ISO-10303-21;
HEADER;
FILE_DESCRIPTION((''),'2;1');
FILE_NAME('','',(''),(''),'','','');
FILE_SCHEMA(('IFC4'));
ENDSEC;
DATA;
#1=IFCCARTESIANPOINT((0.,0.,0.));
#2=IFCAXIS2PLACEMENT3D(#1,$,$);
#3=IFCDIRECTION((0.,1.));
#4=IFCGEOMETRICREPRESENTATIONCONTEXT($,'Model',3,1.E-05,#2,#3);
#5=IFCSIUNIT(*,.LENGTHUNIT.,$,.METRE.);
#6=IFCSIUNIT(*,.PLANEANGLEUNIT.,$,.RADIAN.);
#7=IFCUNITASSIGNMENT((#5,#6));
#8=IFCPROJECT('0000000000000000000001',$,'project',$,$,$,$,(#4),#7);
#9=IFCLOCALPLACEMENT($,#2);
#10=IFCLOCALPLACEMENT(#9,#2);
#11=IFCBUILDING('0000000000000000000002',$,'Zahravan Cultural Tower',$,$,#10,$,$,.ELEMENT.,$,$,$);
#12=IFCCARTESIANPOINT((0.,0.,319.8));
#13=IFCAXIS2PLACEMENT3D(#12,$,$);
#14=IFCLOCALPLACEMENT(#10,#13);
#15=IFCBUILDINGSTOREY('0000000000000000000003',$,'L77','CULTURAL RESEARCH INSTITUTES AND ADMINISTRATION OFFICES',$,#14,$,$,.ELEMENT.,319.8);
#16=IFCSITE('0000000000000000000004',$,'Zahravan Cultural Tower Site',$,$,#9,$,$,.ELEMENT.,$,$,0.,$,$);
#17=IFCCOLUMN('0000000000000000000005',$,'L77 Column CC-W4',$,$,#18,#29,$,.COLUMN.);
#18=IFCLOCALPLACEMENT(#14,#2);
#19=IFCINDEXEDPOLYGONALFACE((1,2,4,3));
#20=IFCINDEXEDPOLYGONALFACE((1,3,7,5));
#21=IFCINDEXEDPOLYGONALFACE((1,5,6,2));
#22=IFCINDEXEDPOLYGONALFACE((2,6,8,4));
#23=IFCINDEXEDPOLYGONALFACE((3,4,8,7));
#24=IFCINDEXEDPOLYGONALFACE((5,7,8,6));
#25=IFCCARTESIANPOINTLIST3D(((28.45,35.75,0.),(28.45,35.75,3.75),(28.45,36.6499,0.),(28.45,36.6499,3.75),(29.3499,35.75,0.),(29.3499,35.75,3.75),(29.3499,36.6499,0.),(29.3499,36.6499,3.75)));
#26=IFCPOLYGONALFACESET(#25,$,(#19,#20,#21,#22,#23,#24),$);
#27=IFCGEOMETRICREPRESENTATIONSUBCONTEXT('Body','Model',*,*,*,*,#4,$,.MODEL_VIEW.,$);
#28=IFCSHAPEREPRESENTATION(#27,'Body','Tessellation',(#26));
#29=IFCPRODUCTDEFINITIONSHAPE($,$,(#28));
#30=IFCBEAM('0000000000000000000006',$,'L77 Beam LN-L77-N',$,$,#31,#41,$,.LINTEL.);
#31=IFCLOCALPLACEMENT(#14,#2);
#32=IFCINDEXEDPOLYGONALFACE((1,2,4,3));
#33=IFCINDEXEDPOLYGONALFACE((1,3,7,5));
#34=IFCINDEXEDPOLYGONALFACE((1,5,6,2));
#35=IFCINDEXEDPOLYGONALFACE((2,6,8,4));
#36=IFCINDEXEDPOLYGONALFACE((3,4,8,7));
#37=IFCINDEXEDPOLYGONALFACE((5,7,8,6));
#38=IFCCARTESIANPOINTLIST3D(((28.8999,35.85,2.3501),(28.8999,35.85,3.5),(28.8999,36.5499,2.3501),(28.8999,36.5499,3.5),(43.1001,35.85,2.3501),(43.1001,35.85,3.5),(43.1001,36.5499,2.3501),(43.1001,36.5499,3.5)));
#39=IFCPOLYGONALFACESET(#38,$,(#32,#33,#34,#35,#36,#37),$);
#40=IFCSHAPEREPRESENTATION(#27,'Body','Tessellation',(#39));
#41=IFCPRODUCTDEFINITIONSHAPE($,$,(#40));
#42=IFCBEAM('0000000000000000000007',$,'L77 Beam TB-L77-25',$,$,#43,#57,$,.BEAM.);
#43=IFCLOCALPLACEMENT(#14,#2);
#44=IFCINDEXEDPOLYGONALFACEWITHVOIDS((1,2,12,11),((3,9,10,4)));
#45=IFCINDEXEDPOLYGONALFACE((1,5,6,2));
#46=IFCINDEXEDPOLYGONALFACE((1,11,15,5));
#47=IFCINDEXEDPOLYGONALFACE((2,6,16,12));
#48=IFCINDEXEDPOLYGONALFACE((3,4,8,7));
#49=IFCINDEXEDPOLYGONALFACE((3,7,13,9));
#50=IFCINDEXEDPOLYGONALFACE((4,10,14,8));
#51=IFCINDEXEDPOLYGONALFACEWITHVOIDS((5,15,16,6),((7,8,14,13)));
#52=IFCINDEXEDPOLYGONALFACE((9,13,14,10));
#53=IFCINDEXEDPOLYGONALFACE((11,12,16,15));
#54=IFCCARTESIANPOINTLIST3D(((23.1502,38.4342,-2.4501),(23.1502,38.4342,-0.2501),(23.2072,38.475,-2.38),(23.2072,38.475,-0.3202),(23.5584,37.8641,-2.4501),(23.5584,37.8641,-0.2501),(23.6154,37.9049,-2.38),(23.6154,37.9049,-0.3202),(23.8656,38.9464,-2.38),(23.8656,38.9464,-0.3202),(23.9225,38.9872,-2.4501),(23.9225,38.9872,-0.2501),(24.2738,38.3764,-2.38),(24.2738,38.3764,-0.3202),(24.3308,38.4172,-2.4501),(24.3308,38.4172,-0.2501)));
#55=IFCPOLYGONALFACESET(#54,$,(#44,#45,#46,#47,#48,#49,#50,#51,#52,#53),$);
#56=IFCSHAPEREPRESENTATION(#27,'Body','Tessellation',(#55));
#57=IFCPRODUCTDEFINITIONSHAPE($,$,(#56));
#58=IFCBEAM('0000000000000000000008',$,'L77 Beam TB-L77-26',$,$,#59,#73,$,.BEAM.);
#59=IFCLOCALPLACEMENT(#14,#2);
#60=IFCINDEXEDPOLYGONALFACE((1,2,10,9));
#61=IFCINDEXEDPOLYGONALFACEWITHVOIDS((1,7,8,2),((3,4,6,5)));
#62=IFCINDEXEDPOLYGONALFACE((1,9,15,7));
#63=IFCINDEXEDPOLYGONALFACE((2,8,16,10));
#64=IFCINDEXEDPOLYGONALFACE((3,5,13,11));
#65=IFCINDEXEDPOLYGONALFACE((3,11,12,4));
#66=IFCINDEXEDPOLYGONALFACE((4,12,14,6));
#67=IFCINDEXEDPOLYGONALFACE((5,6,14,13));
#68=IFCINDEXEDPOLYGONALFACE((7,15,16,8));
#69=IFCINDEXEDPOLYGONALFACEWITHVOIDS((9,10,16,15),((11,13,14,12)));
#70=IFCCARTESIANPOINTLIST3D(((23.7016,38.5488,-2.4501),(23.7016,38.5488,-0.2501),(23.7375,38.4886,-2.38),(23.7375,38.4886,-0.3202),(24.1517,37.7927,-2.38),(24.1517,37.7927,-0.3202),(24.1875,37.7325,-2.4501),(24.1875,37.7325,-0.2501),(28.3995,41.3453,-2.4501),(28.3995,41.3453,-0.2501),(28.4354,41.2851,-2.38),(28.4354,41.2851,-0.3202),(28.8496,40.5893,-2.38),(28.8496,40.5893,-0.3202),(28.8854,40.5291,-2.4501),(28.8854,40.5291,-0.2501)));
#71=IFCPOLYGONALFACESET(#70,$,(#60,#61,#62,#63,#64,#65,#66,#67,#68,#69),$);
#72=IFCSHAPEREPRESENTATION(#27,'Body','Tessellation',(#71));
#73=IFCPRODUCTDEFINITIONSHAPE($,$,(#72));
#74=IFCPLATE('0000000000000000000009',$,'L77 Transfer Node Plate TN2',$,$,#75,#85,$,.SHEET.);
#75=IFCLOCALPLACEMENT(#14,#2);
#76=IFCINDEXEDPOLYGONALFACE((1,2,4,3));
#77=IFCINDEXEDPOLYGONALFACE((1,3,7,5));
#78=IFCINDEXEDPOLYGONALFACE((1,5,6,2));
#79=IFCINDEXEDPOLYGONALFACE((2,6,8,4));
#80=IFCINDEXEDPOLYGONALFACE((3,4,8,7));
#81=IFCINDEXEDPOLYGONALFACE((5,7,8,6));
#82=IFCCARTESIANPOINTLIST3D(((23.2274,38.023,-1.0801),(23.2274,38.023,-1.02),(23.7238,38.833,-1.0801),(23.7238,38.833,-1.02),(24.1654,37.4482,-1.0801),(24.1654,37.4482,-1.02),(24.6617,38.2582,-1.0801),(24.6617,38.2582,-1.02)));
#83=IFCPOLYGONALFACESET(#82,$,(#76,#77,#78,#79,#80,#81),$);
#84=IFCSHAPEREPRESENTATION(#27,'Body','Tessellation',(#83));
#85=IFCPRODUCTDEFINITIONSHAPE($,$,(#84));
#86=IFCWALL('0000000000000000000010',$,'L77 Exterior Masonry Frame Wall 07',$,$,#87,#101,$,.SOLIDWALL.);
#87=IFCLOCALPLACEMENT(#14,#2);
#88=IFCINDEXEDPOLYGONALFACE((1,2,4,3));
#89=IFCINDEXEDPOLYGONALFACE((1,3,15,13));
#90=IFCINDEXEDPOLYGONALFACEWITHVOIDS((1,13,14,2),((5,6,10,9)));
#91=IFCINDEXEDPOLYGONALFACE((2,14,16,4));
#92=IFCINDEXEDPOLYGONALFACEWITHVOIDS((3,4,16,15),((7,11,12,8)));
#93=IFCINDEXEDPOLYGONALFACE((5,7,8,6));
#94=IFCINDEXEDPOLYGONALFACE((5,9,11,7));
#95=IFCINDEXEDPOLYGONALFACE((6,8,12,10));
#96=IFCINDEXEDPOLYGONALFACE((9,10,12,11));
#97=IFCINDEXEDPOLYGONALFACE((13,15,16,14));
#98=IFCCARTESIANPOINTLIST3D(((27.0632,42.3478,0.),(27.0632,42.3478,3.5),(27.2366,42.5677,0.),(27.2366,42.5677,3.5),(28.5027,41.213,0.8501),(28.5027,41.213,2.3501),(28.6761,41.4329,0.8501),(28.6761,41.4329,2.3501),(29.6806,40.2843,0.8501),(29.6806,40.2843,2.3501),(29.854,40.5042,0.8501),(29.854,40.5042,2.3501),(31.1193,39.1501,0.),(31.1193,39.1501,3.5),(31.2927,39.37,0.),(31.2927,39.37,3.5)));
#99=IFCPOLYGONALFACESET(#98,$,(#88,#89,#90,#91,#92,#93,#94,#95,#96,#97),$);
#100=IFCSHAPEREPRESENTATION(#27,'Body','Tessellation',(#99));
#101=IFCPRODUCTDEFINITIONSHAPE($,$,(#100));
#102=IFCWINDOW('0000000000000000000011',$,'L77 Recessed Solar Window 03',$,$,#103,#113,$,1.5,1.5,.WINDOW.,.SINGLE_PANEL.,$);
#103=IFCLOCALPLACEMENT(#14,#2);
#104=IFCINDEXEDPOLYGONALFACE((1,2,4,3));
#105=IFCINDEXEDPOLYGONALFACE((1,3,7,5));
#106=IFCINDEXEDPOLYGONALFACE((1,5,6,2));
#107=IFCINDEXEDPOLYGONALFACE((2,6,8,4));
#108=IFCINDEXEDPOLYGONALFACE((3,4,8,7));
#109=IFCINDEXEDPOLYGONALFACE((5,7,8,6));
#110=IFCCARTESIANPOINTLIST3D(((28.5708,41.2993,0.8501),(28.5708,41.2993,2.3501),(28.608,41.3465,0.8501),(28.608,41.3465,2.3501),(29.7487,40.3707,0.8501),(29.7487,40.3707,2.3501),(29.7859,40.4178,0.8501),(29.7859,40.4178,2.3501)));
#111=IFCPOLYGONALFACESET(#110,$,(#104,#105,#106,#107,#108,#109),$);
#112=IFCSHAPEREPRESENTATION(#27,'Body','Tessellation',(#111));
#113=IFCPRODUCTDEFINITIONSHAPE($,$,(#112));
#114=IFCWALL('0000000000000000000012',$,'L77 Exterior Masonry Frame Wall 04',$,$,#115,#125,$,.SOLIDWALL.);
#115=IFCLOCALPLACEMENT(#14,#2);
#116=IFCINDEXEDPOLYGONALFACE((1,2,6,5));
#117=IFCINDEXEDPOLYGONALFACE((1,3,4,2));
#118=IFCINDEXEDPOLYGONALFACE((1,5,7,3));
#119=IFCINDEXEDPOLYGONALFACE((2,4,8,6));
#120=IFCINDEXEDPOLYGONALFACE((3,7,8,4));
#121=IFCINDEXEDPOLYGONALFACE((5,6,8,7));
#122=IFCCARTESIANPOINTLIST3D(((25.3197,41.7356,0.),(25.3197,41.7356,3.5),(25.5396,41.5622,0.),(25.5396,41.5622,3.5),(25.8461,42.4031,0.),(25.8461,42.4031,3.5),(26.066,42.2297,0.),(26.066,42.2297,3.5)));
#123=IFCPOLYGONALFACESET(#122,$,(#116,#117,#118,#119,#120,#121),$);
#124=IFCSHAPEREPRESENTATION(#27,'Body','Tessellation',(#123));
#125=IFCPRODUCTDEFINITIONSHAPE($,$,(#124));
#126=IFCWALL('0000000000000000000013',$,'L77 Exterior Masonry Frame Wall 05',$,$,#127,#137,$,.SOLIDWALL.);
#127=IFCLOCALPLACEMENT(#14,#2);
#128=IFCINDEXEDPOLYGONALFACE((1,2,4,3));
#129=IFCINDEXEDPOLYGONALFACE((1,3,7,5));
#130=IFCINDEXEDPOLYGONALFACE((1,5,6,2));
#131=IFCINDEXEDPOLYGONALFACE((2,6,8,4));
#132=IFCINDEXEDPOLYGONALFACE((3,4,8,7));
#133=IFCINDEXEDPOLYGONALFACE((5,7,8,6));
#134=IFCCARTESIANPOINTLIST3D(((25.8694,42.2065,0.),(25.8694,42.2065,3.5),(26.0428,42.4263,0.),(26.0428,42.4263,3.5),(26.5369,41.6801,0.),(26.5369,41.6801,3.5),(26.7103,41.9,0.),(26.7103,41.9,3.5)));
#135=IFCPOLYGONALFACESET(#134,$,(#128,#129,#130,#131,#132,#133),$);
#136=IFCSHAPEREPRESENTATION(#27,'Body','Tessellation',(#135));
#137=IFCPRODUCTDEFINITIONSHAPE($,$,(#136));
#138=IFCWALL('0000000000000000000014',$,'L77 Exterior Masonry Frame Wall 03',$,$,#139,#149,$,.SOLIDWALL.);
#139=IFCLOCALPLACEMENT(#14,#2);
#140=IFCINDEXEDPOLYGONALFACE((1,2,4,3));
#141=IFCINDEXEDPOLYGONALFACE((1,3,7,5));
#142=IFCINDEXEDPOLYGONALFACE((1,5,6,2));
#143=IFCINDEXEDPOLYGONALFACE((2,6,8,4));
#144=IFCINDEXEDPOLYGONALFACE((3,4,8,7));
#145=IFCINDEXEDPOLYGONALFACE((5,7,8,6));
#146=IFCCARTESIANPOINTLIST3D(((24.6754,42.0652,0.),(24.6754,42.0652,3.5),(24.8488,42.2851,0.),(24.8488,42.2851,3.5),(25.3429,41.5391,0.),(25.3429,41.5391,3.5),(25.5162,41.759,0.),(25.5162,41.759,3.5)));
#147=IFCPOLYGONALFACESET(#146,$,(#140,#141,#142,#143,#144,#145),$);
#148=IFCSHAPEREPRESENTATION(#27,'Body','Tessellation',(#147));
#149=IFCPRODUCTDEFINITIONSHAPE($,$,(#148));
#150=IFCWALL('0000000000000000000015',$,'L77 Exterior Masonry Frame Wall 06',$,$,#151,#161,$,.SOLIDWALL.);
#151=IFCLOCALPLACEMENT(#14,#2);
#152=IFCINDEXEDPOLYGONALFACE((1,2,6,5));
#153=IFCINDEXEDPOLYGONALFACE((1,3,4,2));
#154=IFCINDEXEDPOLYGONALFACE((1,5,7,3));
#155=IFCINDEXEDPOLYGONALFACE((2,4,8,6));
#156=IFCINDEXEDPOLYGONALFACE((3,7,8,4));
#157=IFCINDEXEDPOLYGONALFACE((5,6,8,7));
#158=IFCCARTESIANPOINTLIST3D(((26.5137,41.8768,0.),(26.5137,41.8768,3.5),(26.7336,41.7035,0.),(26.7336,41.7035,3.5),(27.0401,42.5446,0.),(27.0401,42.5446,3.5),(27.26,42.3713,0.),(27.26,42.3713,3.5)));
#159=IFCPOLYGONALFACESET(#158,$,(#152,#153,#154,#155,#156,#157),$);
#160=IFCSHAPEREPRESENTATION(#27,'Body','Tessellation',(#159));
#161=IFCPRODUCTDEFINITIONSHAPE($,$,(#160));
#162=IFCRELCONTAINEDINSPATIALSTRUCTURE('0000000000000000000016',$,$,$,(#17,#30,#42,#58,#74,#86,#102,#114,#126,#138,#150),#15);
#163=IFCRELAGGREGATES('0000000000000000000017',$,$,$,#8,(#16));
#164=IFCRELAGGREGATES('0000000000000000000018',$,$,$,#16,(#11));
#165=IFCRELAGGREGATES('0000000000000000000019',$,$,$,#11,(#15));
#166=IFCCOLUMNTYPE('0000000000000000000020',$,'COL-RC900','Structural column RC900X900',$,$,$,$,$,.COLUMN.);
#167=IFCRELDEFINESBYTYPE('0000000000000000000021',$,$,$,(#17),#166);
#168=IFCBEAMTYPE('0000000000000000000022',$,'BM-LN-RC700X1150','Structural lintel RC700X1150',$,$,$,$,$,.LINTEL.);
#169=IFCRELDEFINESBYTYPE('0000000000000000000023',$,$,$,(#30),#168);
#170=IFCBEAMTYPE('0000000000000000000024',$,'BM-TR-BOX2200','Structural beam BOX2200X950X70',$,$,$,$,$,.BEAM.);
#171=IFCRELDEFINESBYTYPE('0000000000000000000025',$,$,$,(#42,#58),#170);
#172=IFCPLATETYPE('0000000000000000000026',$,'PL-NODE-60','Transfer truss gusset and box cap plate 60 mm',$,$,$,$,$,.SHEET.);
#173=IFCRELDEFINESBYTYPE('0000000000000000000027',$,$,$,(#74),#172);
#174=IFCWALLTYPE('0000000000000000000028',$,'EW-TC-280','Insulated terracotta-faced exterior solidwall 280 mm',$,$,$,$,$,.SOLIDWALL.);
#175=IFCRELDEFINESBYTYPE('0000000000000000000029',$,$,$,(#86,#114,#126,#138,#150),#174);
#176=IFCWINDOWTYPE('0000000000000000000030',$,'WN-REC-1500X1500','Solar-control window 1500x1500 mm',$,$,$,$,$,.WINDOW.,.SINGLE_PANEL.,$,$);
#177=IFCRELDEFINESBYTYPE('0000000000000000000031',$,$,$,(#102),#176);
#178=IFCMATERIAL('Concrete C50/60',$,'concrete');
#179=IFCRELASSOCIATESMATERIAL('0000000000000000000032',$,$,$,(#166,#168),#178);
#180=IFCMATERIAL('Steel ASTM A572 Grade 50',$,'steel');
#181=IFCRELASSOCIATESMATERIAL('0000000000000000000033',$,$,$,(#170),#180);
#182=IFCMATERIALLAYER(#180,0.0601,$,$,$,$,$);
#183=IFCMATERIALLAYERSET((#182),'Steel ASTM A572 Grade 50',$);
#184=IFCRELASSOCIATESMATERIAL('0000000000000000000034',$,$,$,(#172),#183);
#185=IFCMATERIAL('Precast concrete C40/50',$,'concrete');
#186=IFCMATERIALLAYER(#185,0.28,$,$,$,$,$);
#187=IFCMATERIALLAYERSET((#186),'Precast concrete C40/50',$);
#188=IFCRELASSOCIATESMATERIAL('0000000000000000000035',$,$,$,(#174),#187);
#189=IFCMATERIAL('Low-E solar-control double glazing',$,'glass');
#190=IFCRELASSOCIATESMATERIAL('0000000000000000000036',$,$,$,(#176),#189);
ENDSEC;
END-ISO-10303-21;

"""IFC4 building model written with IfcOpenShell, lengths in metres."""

from ifc_helpers import new_model, si_unit, direction, frame, frame_2d, origin, origin_2d, place, context, subcontext, project, spatial, rectangle, hollow_rectangle, extrude, source, transform, mapped, material, layer, layer_set, material_profile, profile_set, type_object, element, fill, save


model = new_model("IFC4")

# Units and contexts
model_context = context("Model", 3, precision=1e-05, world=origin(), true_north=direction((0.0, 1.0)))
body_context = subcontext(model_context, "Body", "Model", "MODEL_VIEW")
ifc_project = project(units=[si_unit("LENGTHUNIT", "METRE"), si_unit("PLANEANGLEUNIT", "RADIAN")], contexts=[model_context])

# Site, building, storey
site_placement = place(None, origin())
site = spatial("IfcSite", under=ifc_project, at=site_placement, Name="Zahravan Cultural Tower Site", CompositionType="ELEMENT", RefElevation=0.0)
building_placement = place(site_placement, origin())
building = spatial("IfcBuilding", under=site, at=building_placement, Name="Zahravan Cultural Tower", CompositionType="ELEMENT")
storey_placement = place(building_placement, frame((0.0, 0.0, 319.8)))
storey = spatial("IfcBuildingStorey", under=building, at=storey_placement, Name="L77", Description="CULTURAL RESEARCH INSTITUTES AND ADMINISTRATION OFFICES", CompositionType="ELEMENT", Elevation=319.8)

# Column
ifc_material_1 = material(Name="Concrete C50/60", Category="concrete")
ifc_material_profile_1 = material_profile(ifc_material_1, rectangle(XDim=0.8999, YDim=0.8999, at=origin_2d()), Name="RC900X900")
ifc_profile_set_1 = profile_set([ifc_material_profile_1], Name="Concrete C50/60")
column_type = type_object("IfcColumnType", Name="COL-RC900", Description="Structural column RC900X900", PredefinedType="COLUMN", material=ifc_profile_set_1)
shared_shape_1 = source(origin(), body_context, "Body", "SweptSolid", [
    extrude(rectangle(XDim=0.8999, YDim=0.8999, at=origin_2d()), origin(), (0.0, 0.0, 1.0), 3.75),
])
column_placement = place(storey_placement, frame((28.8999, 36.2, 0.0), z_axis=(0.0, 0.0, 1.0), x_axis=(1.0, 0.0, 0.0)))
element("IfcColumn", 1, at=column_placement, inside=storey, type_object=column_type, Name="L77 Column CC-W4", PredefinedType="COLUMN", context=body_context, shape_type="MappedRepresentation", body=[
    mapped(shared_shape_1, transform((0.0, 0.0, 0.0), x_axis=(1.0, 0.0, 0.0), y_axis=(0.0, 1.0, 0.0), z_axis=(0.0, 0.0, 1.0), scale=1.0)),
])

# Beams
ifc_material_profile_2 = material_profile(ifc_material_1, rectangle(XDim=0.7, YDim=1.1499, at=origin_2d()), Name="RC700X1150")
ifc_profile_set_2 = profile_set([ifc_material_profile_2], Name="Concrete C50/60")
beam_type_1 = type_object("IfcBeamType", Name="BM-LN-RC700X1150", Description="Structural lintel RC700X1150", PredefinedType="LINTEL", material=ifc_profile_set_2)
shared_shape_2 = source(origin(), body_context, "Body", "SweptSolid", [
    extrude(rectangle(XDim=0.7, YDim=1.1499, at=origin_2d()), origin(), (0.0, 0.0, 1.0), 14.2002),
])
beam_1_placement = place(storey_placement, frame((28.8999, 36.2, 2.925), z_axis=(1.0, 0.0, 0.0), x_axis=(0.0, 1.0, 0.0)))
element("IfcBeam", 2, at=beam_1_placement, inside=storey, type_object=beam_type_1, Name="L77 Beam LN-L77-N", PredefinedType="LINTEL", context=body_context, shape_type="MappedRepresentation", body=[
    mapped(shared_shape_2, transform((0.0, 0.0, 0.0), x_axis=(1.0, 0.0, 0.0), y_axis=(0.0, 1.0, 0.0), z_axis=(0.0, 0.0, 1.0), scale=1.0)),
])
ifc_material_2 = material(Name="Steel ASTM A572 Grade 50", Category="steel")
ifc_material_profile_3 = material_profile(ifc_material_2, hollow_rectangle(XDim=0.95, YDim=2.2, WallThickness=0.0701, at=origin_2d()), Name="BOX2200X950X70")
ifc_profile_set_3 = profile_set([ifc_material_profile_3], Name="Steel ASTM A572 Grade 50")
beam_type_2 = type_object("IfcBeamType", Name="BM-TR-BOX2200", Description="Structural beam BOX2200X950X70", PredefinedType="BEAM", material=ifc_profile_set_3)
shared_shape_3 = source(origin(), body_context, "Body", "SweptSolid", [
    extrude(hollow_rectangle(XDim=0.95, YDim=2.2, WallThickness=0.0701, at=origin_2d()), origin(), (0.0, 0.0, 1.0), 0.7012),
])
beam_2_placement = place(storey_placement, frame((23.9446, 38.1406, -1.3501), z_axis=(-0.582193, 0.813051, 0.0), x_axis=(-0.813051, -0.582193, 0.0)))
element("IfcBeam", 3, at=beam_2_placement, inside=storey, type_object=beam_type_2, Name="L77 Beam TB-L77-25", PredefinedType="BEAM", context=body_context, shape_type="MappedRepresentation", body=[
    mapped(shared_shape_3, transform((0.0, 0.0, 0.0), x_axis=(1.0, 0.0, 0.0), y_axis=(0.0, 1.0, 0.0), z_axis=(0.0, 0.0, 1.0), scale=1.0)),
])
shared_shape_4 = source(origin(), body_context, "Body", "SweptSolid", [
    extrude(hollow_rectangle(XDim=0.95, YDim=2.2, WallThickness=0.0701, at=origin_2d()), origin(), (0.0, 0.0, 1.0), 5.4673),
])
beam_3_placement = place(storey_placement, frame((23.9446, 38.1406, -1.3501), z_axis=(0.859277, 0.511511, 0.0), x_axis=(-0.511511, 0.859277, 0.0)))
element("IfcBeam", 4, at=beam_3_placement, inside=storey, type_object=beam_type_2, Name="L77 Beam TB-L77-26", PredefinedType="BEAM", context=body_context, shape_type="MappedRepresentation", body=[
    mapped(shared_shape_4, transform((0.0, 0.0, 0.0), x_axis=(1.0, 0.0, 0.0), y_axis=(0.0, 1.0, 0.0), z_axis=(0.0, 0.0, 1.0), scale=1.0)),
])

# Plate
ifc_layer_1 = layer(ifc_material_2, 0.0601)
ifc_layer_set_1 = layer_set([ifc_layer_1], Name="Steel ASTM A572 Grade 50")
plate_type = type_object("IfcPlateType", Name="PL-NODE-60", Description="Transfer truss gusset and box cap plate 60 mm", PredefinedType="SHEET", material=ifc_layer_set_1)
shared_shape_5 = source(origin(), body_context, "Body", "SweptSolid", [
    extrude(rectangle(XDim=1.1001, YDim=0.95, at=origin_2d()), origin(), (0.0, 0.0, 1.0), 0.0601),
])
plate_placement = place(storey_placement, frame((23.9446, 38.1406, -1.0801), z_axis=(0.0, 0.0, 1.0), x_axis=(-0.85264, 0.522499, 0.0)))
element("IfcPlate", 5, at=plate_placement, inside=storey, type_object=plate_type, Name="L77 Transfer Node Plate TN2", PredefinedType="SHEET", context=body_context, shape_type="MappedRepresentation", body=[
    mapped(shared_shape_5, transform((0.0, 0.0, 0.0), x_axis=(1.0, 0.0, 0.0), y_axis=(0.0, 1.0, 0.0), z_axis=(0.0, 0.0, 1.0), scale=1.0)),
])

# Wall, opening, window
ifc_material_3 = material(Name="Precast concrete C40/50", Category="concrete")
ifc_layer_2 = layer(ifc_material_3, 0.28)
ifc_layer_set_2 = layer_set([ifc_layer_2], Name="Precast concrete C40/50")
wall_type_1 = type_object("IfcWallType", Name="EW-TC-280", Description="Insulated terracotta-faced exterior solidwall 280 mm", PredefinedType="SOLIDWALL", material=ifc_layer_set_2)
wall_1_placement = place(storey_placement, frame((27.1499, 42.4578, 0.0), z_axis=(0.0, 0.0, 1.0), x_axis=(0.785304, -0.619111, 0.0)))
wall_1 = element("IfcWall", 6, at=wall_1_placement, inside=storey, type_object=wall_type_1, Name="L77 Exterior Masonry Frame Wall 07", PredefinedType="SOLIDWALL", context=body_context, shape_type="SweptSolid", body=[
    extrude(rectangle(XDim=5.165, YDim=0.28, at=frame_2d((2.5825, 0.0))), origin(), (0.0, 0.0, 1.0), 3.5),
])
opening_1_placement = place(wall_1_placement, frame((1.833, 0.0, 0.8501)))
opening_1 = element("IfcOpeningElement", 7, at=opening_1_placement, cuts=wall_1, PredefinedType="OPENING", context=body_context, shape_type="SweptSolid", body=[
    extrude(rectangle(XDim=1.5, YDim=1.5, at=frame_2d((0.75, 0.75))), frame((0.0, 0.1499, 0.0), z_axis=(0.0, -1.0, 0.0), x_axis=(1.0, 0.0, 0.0)), (0.0, 0.0, 1.0), 0.3),
])
ifc_material_4 = material(Name="Low-E solar-control double glazing", Category="glass")
window_type = type_object("IfcWindowType", Name="WN-REC-1500X1500", Description="Solar-control window 1500x1500 mm", PartitioningType="SINGLE_PANEL", PredefinedType="WINDOW", material=ifc_material_4)
shared_shape_6 = source(origin(), body_context, "Body", "SweptSolid", [
    extrude(rectangle(XDim=1.5, YDim=1.5, at=frame_2d((0.75, 0.75))), frame((0.0, 0.03, 0.0), z_axis=(0.0, -1.0, 0.0), x_axis=(1.0, 0.0, 0.0)), (0.0, 0.0, 1.0), 0.0601),
])
window_placement = place(opening_1_placement, origin())
window = element("IfcWindow", 8, at=window_placement, inside=storey, type_object=window_type, Name="L77 Recessed Solar Window 03", OverallHeight=1.5, OverallWidth=1.5, PartitioningType="SINGLE_PANEL", PredefinedType="WINDOW", context=body_context, shape_type="MappedRepresentation", body=[
    mapped(shared_shape_6, transform((0.0, 0.0, 0.0), x_axis=(1.0, 0.0, 0.0), y_axis=(0.0, 1.0, 0.0), z_axis=(0.0, 0.0, 1.0), scale=1.0)),
])
fill(opening_1, window)

# Walls
shared_shape_7 = source(origin(), body_context, "Body", "SweptSolid", [
    extrude(rectangle(XDim=0.8501, YDim=0.28, at=frame_2d((0.425, 0.0))), origin(), (0.0, 0.0, 1.0), 3.5),
])
for number, where, z_axis, x_axis, name in (
    (9, (25.4297, 41.6489, 0.0), (0.0, 0.0, 1.0), (0.619216, 0.785221, 0.0), "L77 Exterior Masonry Frame Wall 04"),
    (10, (25.9561, 42.3164, 0.0), (0.0, 0.0, 1.0), (0.785221, -0.619216, 0.0), "L77 Exterior Masonry Frame Wall 05"),
):
    element("IfcWall", number, at=place(storey_placement, frame(where, z_axis=z_axis, x_axis=x_axis)), inside=storey, type_object=wall_type_1, Name=name, PredefinedType="SOLIDWALL", context=body_context, shape_type="MappedRepresentation", body=[
        mapped(shared_shape_7, transform((0.0, 0.0, 0.0), x_axis=(1.0, 0.0, 0.0), y_axis=(0.0, 1.0, 0.0), z_axis=(0.0, 0.0, 1.0), scale=1.0)),
    ])
shared_shape_8 = source(origin(), body_context, "Body", "SweptSolid", [
    extrude(rectangle(XDim=0.8499, YDim=0.28, at=frame_2d((0.4248, 0.0))), origin(), (0.0, 0.0, 1.0), 3.5),
])
wall_2_placement = place(storey_placement, frame((24.7622, 42.175, 0.0), z_axis=(0.0, 0.0, 1.0), x_axis=(0.78536, -0.619039, 0.0)))
element("IfcWall", 11, at=wall_2_placement, inside=storey, type_object=wall_type_1, Name="L77 Exterior Masonry Frame Wall 03", PredefinedType="SOLIDWALL", context=body_context, shape_type="MappedRepresentation", body=[
    mapped(shared_shape_8, transform((0.0, 0.0, 0.0), x_axis=(1.0, 0.0, 0.0), y_axis=(0.0, 1.0, 0.0), z_axis=(0.0, 0.0, 1.0), scale=1.0)),
])
shared_shape_9 = source(origin(), body_context, "Body", "SweptSolid", [
    extrude(rectangle(XDim=0.8503, YDim=0.28, at=frame_2d((0.4253, 0.0))), origin(), (0.0, 0.0, 1.0), 3.5),
])
wall_3_placement = place(storey_placement, frame((26.6235, 41.79, 0.0), z_axis=(0.0, 0.0, 1.0), x_axis=(0.619076, 0.785331, 0.0)))
element("IfcWall", 12, at=wall_3_placement, inside=storey, type_object=wall_type_1, Name="L77 Exterior Masonry Frame Wall 06", PredefinedType="SOLIDWALL", context=body_context, shape_type="MappedRepresentation", body=[
    mapped(shared_shape_9, transform((0.0, 0.0, 0.0), x_axis=(1.0, 0.0, 0.0), y_axis=(0.0, 1.0, 0.0), z_axis=(0.0, 0.0, 1.0), scale=1.0)),
])

save(model, "model.ifc")
